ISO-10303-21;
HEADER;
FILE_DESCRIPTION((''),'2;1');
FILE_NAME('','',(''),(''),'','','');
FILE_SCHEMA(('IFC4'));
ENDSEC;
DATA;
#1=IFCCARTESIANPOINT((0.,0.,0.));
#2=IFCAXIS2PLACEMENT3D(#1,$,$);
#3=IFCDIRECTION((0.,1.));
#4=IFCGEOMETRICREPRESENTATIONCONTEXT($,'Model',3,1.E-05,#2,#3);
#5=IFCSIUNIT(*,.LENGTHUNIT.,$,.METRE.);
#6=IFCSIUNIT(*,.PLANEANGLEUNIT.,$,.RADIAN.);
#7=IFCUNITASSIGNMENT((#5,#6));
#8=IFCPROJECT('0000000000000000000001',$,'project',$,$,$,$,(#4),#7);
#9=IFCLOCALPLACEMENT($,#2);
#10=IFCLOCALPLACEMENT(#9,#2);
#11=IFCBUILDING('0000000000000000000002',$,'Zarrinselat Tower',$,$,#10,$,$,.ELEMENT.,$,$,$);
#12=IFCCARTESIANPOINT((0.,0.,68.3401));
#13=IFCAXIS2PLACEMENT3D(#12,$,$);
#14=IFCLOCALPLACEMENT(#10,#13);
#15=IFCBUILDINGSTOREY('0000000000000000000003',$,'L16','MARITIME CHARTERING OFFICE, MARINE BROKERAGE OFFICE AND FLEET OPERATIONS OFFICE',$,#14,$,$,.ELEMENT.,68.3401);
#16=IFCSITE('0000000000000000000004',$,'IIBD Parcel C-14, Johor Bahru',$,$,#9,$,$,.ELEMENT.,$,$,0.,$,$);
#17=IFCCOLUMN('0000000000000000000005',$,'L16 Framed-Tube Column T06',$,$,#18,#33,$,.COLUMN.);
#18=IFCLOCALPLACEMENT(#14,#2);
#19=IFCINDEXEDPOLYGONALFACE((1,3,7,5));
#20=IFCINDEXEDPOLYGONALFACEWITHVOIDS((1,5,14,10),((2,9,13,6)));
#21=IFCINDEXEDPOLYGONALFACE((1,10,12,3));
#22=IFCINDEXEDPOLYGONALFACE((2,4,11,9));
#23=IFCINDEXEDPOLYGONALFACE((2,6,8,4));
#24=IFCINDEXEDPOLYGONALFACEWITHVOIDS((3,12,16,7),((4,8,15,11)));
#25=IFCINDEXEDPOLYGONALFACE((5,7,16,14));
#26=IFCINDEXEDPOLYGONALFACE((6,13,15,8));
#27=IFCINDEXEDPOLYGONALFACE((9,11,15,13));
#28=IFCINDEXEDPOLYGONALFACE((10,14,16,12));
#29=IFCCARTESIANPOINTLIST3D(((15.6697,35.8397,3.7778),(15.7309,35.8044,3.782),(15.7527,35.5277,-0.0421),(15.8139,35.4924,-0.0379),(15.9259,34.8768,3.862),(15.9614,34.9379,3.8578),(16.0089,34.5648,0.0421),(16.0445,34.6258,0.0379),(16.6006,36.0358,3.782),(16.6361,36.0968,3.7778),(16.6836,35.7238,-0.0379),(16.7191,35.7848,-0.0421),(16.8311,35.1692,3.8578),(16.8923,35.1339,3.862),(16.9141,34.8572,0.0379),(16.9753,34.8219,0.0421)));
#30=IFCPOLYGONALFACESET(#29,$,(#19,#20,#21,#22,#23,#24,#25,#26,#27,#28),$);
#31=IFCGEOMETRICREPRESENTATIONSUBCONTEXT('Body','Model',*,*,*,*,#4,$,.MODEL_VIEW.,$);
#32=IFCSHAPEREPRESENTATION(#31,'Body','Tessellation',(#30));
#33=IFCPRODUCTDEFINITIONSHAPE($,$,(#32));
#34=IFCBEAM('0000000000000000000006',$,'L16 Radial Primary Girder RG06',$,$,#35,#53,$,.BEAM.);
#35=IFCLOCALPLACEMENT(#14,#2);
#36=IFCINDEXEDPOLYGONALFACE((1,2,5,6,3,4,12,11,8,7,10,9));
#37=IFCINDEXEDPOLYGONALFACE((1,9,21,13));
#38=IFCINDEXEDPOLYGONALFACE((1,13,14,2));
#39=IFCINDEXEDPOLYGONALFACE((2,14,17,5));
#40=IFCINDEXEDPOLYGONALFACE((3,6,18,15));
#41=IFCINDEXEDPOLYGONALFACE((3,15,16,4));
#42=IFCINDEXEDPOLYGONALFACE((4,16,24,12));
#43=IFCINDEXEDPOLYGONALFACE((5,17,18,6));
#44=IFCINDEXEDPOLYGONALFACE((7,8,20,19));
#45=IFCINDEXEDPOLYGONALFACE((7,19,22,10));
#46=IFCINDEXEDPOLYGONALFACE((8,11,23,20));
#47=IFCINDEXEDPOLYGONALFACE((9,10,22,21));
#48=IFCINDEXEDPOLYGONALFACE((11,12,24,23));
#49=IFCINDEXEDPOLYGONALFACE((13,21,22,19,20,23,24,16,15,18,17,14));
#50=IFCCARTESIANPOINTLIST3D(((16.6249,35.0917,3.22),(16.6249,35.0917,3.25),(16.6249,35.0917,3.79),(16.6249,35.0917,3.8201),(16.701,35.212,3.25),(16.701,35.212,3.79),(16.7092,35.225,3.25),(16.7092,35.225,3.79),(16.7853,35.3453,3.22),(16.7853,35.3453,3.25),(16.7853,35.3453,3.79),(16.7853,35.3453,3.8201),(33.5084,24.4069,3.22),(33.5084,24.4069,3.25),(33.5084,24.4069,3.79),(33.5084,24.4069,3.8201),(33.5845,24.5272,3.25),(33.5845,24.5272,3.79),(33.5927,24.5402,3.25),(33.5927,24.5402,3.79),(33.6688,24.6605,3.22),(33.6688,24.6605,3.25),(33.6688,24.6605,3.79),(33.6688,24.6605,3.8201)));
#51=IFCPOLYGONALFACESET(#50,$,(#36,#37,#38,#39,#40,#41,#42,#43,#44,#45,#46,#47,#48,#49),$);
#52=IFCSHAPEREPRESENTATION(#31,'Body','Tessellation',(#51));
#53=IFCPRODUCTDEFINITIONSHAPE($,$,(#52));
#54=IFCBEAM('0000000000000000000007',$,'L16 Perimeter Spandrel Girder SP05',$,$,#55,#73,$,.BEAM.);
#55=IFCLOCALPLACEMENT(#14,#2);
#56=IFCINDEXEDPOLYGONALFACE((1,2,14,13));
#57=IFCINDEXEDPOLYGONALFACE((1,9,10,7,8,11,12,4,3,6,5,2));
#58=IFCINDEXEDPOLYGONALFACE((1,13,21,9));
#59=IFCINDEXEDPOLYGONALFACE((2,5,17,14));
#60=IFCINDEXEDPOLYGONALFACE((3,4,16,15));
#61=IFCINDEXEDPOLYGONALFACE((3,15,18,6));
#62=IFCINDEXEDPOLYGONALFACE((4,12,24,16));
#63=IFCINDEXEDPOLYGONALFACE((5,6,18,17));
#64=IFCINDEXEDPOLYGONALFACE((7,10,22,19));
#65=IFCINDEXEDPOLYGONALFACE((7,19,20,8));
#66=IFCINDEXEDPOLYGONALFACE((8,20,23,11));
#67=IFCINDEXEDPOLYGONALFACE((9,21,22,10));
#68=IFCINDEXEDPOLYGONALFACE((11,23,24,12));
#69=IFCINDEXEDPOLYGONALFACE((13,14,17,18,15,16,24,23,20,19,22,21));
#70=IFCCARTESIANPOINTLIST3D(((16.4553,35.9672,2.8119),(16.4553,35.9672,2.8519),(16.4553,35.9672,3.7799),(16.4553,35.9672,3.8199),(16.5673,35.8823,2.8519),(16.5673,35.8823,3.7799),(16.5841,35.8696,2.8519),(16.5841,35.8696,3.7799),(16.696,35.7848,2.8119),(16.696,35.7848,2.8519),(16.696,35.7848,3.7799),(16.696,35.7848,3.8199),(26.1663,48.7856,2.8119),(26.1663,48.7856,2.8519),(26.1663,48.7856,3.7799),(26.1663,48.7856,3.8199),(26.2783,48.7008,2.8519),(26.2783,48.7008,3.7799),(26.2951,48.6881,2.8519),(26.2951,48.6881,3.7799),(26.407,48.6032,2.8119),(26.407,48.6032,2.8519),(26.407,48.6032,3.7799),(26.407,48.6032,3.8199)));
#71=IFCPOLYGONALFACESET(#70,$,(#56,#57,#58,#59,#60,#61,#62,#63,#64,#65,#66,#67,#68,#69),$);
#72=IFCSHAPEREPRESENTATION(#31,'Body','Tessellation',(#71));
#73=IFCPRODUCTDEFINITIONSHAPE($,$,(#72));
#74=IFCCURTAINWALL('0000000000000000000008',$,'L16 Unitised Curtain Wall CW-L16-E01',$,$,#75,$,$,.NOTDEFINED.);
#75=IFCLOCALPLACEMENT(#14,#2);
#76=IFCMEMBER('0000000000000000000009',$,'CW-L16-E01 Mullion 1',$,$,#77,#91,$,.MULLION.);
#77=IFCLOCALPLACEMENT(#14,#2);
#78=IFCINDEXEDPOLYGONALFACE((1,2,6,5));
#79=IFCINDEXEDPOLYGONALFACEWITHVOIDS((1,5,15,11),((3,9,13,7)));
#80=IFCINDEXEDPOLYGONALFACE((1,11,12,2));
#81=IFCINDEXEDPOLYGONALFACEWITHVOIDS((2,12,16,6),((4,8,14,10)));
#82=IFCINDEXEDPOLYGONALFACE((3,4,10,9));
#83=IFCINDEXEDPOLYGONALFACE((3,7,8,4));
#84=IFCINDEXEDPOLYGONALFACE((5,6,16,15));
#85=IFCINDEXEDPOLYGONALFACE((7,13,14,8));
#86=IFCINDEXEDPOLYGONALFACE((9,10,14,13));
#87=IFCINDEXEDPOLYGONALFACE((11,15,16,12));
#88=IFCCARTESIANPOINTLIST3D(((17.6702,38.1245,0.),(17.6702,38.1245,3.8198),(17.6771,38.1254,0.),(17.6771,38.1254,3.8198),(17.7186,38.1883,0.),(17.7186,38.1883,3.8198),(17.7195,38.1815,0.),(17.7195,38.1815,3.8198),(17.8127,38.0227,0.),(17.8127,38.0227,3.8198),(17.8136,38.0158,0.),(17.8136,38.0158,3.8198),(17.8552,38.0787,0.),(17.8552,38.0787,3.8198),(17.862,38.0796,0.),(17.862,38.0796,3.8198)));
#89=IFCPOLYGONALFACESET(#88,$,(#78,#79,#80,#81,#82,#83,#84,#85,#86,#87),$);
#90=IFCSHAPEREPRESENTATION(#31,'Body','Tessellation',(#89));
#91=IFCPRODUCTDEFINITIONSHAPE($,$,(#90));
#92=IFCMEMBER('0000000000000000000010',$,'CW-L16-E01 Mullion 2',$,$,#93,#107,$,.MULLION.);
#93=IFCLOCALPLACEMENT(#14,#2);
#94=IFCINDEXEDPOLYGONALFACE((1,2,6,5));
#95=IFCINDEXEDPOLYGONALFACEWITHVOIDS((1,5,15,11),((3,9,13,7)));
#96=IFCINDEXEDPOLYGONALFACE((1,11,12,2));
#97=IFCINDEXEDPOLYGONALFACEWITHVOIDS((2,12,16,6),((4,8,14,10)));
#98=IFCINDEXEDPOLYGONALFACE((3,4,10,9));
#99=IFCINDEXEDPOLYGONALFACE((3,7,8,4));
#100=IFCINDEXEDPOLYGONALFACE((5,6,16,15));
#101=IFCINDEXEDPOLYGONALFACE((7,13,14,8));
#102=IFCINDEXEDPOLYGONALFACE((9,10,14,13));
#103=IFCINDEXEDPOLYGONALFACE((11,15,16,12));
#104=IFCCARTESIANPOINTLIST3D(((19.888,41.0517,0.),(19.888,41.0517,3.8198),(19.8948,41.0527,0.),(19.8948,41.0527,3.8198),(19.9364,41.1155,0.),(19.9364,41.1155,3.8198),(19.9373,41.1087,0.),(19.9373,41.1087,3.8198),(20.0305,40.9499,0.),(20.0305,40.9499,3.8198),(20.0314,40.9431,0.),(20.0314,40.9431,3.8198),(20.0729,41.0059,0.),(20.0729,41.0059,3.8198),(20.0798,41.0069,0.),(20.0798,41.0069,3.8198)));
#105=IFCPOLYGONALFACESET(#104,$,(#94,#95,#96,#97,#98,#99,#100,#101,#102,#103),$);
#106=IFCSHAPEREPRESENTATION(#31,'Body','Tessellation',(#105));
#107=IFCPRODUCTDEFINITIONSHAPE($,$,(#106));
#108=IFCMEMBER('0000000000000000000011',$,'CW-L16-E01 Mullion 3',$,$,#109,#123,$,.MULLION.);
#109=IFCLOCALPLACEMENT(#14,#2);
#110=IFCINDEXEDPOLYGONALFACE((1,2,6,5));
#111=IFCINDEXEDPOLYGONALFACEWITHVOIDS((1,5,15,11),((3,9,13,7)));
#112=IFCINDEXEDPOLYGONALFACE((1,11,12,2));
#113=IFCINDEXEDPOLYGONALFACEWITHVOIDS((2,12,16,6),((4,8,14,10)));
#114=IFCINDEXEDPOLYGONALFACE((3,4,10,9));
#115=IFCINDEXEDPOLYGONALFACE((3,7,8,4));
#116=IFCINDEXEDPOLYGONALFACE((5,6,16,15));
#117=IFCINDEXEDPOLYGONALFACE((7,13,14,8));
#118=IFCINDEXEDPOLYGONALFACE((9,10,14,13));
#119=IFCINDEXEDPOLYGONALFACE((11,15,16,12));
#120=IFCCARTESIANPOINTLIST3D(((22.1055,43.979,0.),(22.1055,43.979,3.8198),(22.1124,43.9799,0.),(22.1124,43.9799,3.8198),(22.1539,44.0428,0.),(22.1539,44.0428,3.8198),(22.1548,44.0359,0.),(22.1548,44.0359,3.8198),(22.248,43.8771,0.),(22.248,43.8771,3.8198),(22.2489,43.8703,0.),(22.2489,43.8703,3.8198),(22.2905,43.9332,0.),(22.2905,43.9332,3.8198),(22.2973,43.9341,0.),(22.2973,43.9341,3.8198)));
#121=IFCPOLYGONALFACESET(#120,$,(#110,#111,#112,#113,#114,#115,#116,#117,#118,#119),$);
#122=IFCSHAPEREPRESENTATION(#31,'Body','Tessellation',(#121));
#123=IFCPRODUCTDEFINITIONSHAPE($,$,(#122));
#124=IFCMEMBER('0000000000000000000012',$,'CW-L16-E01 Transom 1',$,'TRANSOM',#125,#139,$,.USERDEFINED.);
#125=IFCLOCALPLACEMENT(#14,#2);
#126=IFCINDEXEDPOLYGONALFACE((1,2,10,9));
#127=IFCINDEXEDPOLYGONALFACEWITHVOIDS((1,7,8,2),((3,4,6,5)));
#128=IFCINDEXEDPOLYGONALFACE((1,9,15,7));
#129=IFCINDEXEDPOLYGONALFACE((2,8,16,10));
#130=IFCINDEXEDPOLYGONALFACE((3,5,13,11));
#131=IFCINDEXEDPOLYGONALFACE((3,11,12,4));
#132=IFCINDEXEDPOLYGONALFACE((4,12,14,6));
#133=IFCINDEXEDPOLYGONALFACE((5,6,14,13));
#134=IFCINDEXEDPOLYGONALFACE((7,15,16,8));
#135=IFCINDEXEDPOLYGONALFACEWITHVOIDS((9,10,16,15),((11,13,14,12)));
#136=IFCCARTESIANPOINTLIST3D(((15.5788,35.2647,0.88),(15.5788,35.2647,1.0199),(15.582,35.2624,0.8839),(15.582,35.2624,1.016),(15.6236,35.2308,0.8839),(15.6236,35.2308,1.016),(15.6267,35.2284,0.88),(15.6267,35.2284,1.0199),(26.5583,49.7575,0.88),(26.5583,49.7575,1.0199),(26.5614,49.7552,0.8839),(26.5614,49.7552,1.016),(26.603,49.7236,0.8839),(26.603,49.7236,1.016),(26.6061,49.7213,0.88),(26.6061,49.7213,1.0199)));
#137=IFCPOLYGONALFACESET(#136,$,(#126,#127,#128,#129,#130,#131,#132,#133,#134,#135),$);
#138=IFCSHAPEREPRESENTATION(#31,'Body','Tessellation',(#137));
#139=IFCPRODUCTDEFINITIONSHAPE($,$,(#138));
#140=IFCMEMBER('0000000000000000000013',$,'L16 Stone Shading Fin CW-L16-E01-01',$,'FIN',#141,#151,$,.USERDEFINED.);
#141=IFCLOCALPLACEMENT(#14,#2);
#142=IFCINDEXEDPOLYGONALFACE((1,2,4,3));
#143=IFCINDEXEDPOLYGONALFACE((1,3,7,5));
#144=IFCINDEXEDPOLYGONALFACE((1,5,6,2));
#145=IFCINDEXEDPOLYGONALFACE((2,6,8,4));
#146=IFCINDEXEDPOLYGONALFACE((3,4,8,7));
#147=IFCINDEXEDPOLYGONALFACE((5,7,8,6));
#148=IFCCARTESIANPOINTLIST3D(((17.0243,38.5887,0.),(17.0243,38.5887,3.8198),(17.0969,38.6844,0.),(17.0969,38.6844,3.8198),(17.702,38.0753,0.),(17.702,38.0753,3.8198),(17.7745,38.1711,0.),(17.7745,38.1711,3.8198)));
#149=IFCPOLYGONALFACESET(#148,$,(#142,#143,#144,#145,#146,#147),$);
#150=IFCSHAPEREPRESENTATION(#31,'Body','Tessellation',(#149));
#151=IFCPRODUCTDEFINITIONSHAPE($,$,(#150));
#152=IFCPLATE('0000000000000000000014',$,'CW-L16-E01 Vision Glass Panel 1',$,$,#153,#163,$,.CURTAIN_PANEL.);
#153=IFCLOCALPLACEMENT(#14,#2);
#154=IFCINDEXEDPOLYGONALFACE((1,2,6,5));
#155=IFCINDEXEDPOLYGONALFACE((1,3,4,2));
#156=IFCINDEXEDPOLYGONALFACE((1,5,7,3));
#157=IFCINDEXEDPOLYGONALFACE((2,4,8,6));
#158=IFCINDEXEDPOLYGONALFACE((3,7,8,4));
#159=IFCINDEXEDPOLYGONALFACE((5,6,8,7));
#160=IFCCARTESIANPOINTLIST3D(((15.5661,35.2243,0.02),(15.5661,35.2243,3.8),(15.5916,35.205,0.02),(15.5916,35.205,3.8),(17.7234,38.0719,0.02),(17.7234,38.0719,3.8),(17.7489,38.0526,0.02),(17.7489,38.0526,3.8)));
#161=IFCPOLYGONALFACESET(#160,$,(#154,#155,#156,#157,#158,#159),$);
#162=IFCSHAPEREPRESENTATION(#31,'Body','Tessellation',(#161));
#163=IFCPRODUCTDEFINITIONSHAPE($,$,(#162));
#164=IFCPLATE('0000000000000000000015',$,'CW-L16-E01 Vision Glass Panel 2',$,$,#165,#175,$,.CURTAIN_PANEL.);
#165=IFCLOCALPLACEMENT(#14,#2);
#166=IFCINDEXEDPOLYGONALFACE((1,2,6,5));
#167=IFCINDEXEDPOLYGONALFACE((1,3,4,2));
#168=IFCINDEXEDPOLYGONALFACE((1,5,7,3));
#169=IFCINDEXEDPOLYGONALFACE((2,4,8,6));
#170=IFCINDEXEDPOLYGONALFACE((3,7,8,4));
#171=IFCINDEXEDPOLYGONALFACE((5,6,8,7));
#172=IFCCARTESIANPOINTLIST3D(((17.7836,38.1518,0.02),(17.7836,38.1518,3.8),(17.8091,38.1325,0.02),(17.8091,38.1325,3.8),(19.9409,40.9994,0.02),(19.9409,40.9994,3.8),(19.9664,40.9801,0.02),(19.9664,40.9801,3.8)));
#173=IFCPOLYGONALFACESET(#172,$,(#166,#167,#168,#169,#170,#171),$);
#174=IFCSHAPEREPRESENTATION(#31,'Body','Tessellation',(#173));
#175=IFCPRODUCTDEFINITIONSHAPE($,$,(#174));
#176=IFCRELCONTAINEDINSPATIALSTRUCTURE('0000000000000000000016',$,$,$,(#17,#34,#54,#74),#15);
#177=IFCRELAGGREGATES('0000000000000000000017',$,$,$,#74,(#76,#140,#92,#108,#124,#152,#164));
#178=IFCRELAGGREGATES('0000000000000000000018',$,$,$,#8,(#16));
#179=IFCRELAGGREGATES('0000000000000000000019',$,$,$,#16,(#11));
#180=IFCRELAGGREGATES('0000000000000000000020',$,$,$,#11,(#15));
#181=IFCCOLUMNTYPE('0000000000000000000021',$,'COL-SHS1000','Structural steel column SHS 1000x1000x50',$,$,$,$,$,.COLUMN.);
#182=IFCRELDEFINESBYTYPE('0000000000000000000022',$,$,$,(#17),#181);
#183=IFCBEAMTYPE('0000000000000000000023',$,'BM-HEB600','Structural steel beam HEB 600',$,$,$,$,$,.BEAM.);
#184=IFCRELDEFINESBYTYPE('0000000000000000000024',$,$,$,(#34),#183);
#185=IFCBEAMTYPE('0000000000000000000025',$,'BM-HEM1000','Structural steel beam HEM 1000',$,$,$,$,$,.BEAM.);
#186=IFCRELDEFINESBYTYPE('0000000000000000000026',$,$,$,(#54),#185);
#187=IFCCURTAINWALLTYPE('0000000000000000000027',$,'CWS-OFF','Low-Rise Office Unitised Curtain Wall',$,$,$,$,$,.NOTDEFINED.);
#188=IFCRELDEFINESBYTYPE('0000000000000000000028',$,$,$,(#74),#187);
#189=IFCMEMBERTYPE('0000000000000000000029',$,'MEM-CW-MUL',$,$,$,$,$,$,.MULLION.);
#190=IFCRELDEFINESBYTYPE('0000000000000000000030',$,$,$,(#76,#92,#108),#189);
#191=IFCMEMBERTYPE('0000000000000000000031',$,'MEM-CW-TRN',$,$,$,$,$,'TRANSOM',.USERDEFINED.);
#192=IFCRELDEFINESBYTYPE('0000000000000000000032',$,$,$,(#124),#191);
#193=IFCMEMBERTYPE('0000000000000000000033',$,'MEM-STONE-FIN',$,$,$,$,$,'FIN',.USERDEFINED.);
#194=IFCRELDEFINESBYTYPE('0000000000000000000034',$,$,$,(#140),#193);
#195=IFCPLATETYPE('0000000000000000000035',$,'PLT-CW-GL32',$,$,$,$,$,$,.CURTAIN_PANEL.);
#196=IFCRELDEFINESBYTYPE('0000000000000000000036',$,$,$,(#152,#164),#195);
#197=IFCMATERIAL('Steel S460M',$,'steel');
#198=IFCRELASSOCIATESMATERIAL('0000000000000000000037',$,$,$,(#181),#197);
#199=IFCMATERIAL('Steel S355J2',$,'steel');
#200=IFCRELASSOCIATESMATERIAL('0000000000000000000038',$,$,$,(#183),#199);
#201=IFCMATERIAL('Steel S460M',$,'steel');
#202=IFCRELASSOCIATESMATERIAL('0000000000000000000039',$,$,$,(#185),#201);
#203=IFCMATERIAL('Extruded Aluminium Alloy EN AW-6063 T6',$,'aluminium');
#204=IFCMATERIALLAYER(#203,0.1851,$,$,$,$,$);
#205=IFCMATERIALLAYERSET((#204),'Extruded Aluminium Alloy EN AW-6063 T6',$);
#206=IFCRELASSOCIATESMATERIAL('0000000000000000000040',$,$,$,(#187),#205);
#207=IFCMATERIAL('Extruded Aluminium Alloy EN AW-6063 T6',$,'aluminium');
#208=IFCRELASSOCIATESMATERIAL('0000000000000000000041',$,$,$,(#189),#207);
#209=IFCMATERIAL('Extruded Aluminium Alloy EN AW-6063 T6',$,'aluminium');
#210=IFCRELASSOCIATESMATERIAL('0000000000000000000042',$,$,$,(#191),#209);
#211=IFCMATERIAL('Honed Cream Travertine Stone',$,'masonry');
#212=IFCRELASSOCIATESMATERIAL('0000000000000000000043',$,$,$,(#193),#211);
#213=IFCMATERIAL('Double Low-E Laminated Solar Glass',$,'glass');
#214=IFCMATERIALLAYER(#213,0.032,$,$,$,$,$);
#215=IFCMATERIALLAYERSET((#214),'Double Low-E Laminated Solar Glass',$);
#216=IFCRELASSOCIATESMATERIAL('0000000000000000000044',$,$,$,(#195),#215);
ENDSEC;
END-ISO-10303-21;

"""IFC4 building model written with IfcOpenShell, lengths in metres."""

from ifc_helpers import new_model, si_unit, direction, frame, origin, origin_2d, place, context, subcontext, project, spatial, rectangle, hollow_rectangle, i_section, extrude, material, layer, layer_set, material_profile, profile_set, type_object, element, aggregate, save


model = new_model("IFC4")

# Units and contexts
model_context = context("Model", 3, precision=1e-05, world=origin(), true_north=direction((0.0, 1.0)))
body_context = subcontext(model_context, "Body", "Model", "MODEL_VIEW")
ifc_project = project(units=[si_unit("LENGTHUNIT", "METRE"), si_unit("PLANEANGLEUNIT", "RADIAN")], contexts=[model_context])

# Site, building, storey
site_placement = place(None, origin())
site = spatial("IfcSite", under=ifc_project, at=site_placement, Name="IIBD Parcel C-14, Johor Bahru", CompositionType="ELEMENT", RefElevation=0.0)
building_placement = place(site_placement, origin())
building = spatial("IfcBuilding", under=site, at=building_placement, Name="Zarrinselat Tower", CompositionType="ELEMENT")
storey_placement = place(building_placement, frame((0.0, 0.0, 68.3401)))
storey = spatial("IfcBuildingStorey", under=building, at=storey_placement, Name="L16", Description="MARITIME CHARTERING OFFICE, MARINE BROKERAGE OFFICE AND FLEET OPERATIONS OFFICE", CompositionType="ELEMENT", Elevation=68.3401)

# Column
ifc_material_1 = material(Name="Steel S460M", Category="steel")
ifc_material_profile_1 = material_profile(ifc_material_1, hollow_rectangle(XDim=1.0, YDim=1.0, WallThickness=0.05, at=origin_2d()), Name="SHS 1000x1000x50")
ifc_profile_set_1 = profile_set([ifc_material_profile_1], Name="Steel S460M")
column_type = type_object("IfcColumnType", Name="COL-SHS1000", Description="Structural steel column SHS 1000x1000x50", PredefinedType="COLUMN", material=ifc_profile_set_1)
column_placement = place(storey_placement, frame((16.364, 35.1748, 0.0), z_axis=(-0.021654, 0.081392, 0.996447), x_axis=(-0.966385, -0.257098, 0.0)))
element("IfcColumn", 1, at=column_placement, inside=storey, type_object=column_type, Name="L16 Framed-Tube Column T06", PredefinedType="COLUMN", context=body_context, shape_type="SweptSolid", body=[
    extrude(hollow_rectangle(XDim=1.0, YDim=1.0, WallThickness=0.05, at=origin_2d()), origin(), (0.0, 0.0, 1.0), 3.8335),
])

# Beams
ifc_material_2 = material(Name="Steel S355J2", Category="steel")
ifc_material_profile_2 = material_profile(ifc_material_2, i_section(OverallWidth=0.3, OverallDepth=0.6001, WebThickness=0.0154, FlangeThickness=0.03, at=origin_2d()), Name="HEB 600")
ifc_profile_set_2 = profile_set([ifc_material_profile_2], Name="Steel S355J2")
beam_type_1 = type_object("IfcBeamType", Name="BM-HEB600", Description="Structural steel beam HEB 600", PredefinedType="BEAM", material=ifc_profile_set_2)
beam_1_placement = place(storey_placement, frame((16.7051, 35.2185, 3.52), z_axis=(0.845002, -0.534763, 0.0), x_axis=(0.534763, 0.845002, 0.0)))
element("IfcBeam", 2, at=beam_1_placement, inside=storey, type_object=beam_type_1, Name="L16 Radial Primary Girder RG06", PredefinedType="BEAM", context=body_context, shape_type="SweptSolid", body=[
    extrude(i_section(OverallWidth=0.3, OverallDepth=0.6001, WebThickness=0.0154, FlangeThickness=0.03, at=origin_2d()), origin(), (0.0, 0.0, 1.0), 19.9805),
])
ifc_material_3 = material(Name="Steel S460M", Category="steel")
ifc_material_profile_3 = material_profile(ifc_material_3, i_section(OverallWidth=0.302, OverallDepth=1.0081, WebThickness=0.021, FlangeThickness=0.04, at=origin_2d()), Name="HEM 1000")
ifc_profile_set_3 = profile_set([ifc_material_profile_3], Name="Steel S460M")
beam_type_2 = type_object("IfcBeamType", Name="BM-HEM1000", Description="Structural steel beam HEM 1000", PredefinedType="BEAM", material=ifc_profile_set_3)
beam_2_placement = place(storey_placement, frame((16.5757, 35.876, 3.3159), z_axis=(0.60386, 0.79709, 0.0), x_axis=(-0.79709, 0.60386, 0.0)))
element("IfcBeam", 3, at=beam_2_placement, inside=storey, type_object=beam_type_2, Name="L16 Perimeter Spandrel Girder SP05", PredefinedType="BEAM", context=body_context, shape_type="SweptSolid", body=[
    extrude(i_section(OverallWidth=0.302, OverallDepth=1.0081, WebThickness=0.021, FlangeThickness=0.04, at=origin_2d()), origin(), (0.0, 0.0, 1.0), 16.0815),
])

# Curtain wall, members, plates
ifc_material_4 = material(Name="Extruded Aluminium Alloy EN AW-6063 T6", Category="aluminium")
ifc_layer_1 = layer(ifc_material_4, 0.1851)
ifc_layer_set_1 = layer_set([ifc_layer_1], Name="Extruded Aluminium Alloy EN AW-6063 T6")
curtain_wall_type = type_object("IfcCurtainWallType", Name="CWS-OFF", Description="Low-Rise Office Unitised Curtain Wall", PredefinedType="NOTDEFINED", material=ifc_layer_set_1)
curtain_wall_placement = place(storey_placement, origin())
curtain_wall = element("IfcCurtainWall", 4, at=curtain_wall_placement, inside=storey, type_object=curtain_wall_type, Name="L16 Unitised Curtain Wall CW-L16-E01", PredefinedType="NOTDEFINED")
ifc_material_5 = material(Name="Extruded Aluminium Alloy EN AW-6063 T6", Category="aluminium")
ifc_material_profile_4 = material_profile(ifc_material_5, hollow_rectangle(XDim=0.0801, YDim=0.1799, WallThickness=0.0049, at=origin_2d()), Name="RHS 180x80x5")
ifc_profile_set_4 = profile_set([ifc_material_profile_4], Name="Extruded Aluminium Alloy EN AW-6063 T6")
member_type_1 = type_object("IfcMemberType", Name="MEM-CW-MUL", PredefinedType="MULLION", material=ifc_profile_set_4)
member_1_placement = place(storey_placement, frame((17.7661, 38.1021, 0.0), z_axis=(0.0, 0.0, 1.0), x_axis=(0.603857, 0.797093, 0.0)))
member_1 = element("IfcMember", 5, at=member_1_placement, type_object=member_type_1, Name="CW-L16-E01 Mullion 1", PredefinedType="MULLION", context=body_context, shape_type="SweptSolid", body=[
    extrude(hollow_rectangle(XDim=0.0801, YDim=0.1799, WallThickness=0.0049, at=origin_2d()), origin(), (0.0, 0.0, 1.0), 3.8198),
])
member_2_placement = place(storey_placement, frame((19.9839, 41.0293, 0.0), z_axis=(0.0, 0.0, 1.0), x_axis=(0.603857, 0.797093, 0.0)))
member_2 = element("IfcMember", 6, at=member_2_placement, type_object=member_type_1, Name="CW-L16-E01 Mullion 2", PredefinedType="MULLION", context=body_context, shape_type="SweptSolid", body=[
    extrude(hollow_rectangle(XDim=0.0801, YDim=0.1799, WallThickness=0.0049, at=origin_2d()), origin(), (0.0, 0.0, 1.0), 3.8198),
])
member_3_placement = place(storey_placement, frame((22.2014, 43.9565, 0.0), z_axis=(0.0, 0.0, 1.0), x_axis=(0.603857, 0.797093, 0.0)))
member_3 = element("IfcMember", 7, at=member_3_placement, type_object=member_type_1, Name="CW-L16-E01 Mullion 3", PredefinedType="MULLION", context=body_context, shape_type="SweptSolid", body=[
    extrude(hollow_rectangle(XDim=0.0801, YDim=0.1799, WallThickness=0.0049, at=origin_2d()), origin(), (0.0, 0.0, 1.0), 3.8198),
])
ifc_material_6 = material(Name="Extruded Aluminium Alloy EN AW-6063 T6", Category="aluminium")
ifc_material_profile_5 = material_profile(ifc_material_6, hollow_rectangle(XDim=0.0601, YDim=0.1399, WallThickness=0.0039, at=origin_2d()), Name="RHS 140x60x4")
ifc_profile_set_5 = profile_set([ifc_material_profile_5], Name="Extruded Aluminium Alloy EN AW-6063 T6")
member_type_2 = type_object("IfcMemberType", Name="MEM-CW-TRN", ElementType="TRANSOM", PredefinedType="USERDEFINED", material=ifc_profile_set_5)
member_4_placement = place(storey_placement, frame((15.6028, 35.2466, 0.95), z_axis=(0.603858, 0.797092, 0.0), x_axis=(-0.797092, 0.603858, 0.0)))
member_4 = element("IfcMember", 8, at=member_4_placement, type_object=member_type_2, Name="CW-L16-E01 Transom 1", ObjectType="TRANSOM", PredefinedType="USERDEFINED", context=body_context, shape_type="SweptSolid", body=[
    extrude(hollow_rectangle(XDim=0.0601, YDim=0.1399, WallThickness=0.0039, at=origin_2d()), origin(), (0.0, 0.0, 1.0), 18.1821),
])
ifc_material_7 = material(Name="Honed Cream Travertine Stone", Category="masonry")
ifc_material_profile_6 = material_profile(ifc_material_7, rectangle(XDim=0.1201, YDim=0.8501, at=origin_2d()), Name="FIN 850x120")
ifc_profile_set_6 = profile_set([ifc_material_profile_6], Name="Honed Cream Travertine Stone")
member_type_3 = type_object("IfcMemberType", Name="MEM-STONE-FIN", ElementType="FIN", PredefinedType="USERDEFINED", material=ifc_profile_set_6)
member_5_placement = place(storey_placement, frame((17.3994, 38.3799, 0.0), z_axis=(0.0, 0.0, 1.0), x_axis=(0.603857, 0.797093, 0.0)))
member_5 = element("IfcMember", 9, at=member_5_placement, type_object=member_type_3, Name="L16 Stone Shading Fin CW-L16-E01-01", ObjectType="FIN", PredefinedType="USERDEFINED", context=body_context, shape_type="SweptSolid", body=[
    extrude(rectangle(XDim=0.1201, YDim=0.8501, at=origin_2d()), origin(), (0.0, 0.0, 1.0), 3.8198),
])
ifc_material_8 = material(Name="Double Low-E Laminated Solar Glass", Category="glass")
ifc_layer_2 = layer(ifc_material_8, 0.032)
ifc_layer_set_2 = layer_set([ifc_layer_2], Name="Double Low-E Laminated Solar Glass")
plate_type = type_object("IfcPlateType", Name="PLT-CW-GL32", PredefinedType="CURTAIN_PANEL", material=ifc_layer_set_2)
plate_1_placement = place(storey_placement, frame((16.6575, 36.6384, 0.02), z_axis=(0.0, 0.0, 1.0), x_axis=(0.603857, 0.797093, 0.0)))
plate_1 = element("IfcPlate", 10, at=plate_1_placement, type_object=plate_type, Name="CW-L16-E01 Vision Glass Panel 1", PredefinedType="CURTAIN_PANEL", context=body_context, shape_type="SweptSolid", body=[
    extrude(rectangle(XDim=3.5725, YDim=0.032, at=origin_2d()), origin(), (0.0, 0.0, 1.0), 3.78),
])
plate_2_placement = place(storey_placement, frame((18.875, 39.5659, 0.02), z_axis=(0.0, 0.0, 1.0), x_axis=(0.603857, 0.797093, 0.0)))
plate_2 = element("IfcPlate", 11, at=plate_2_placement, type_object=plate_type, Name="CW-L16-E01 Vision Glass Panel 2", PredefinedType="CURTAIN_PANEL", context=body_context, shape_type="SweptSolid", body=[
    extrude(rectangle(XDim=3.5725, YDim=0.032, at=origin_2d()), origin(), (0.0, 0.0, 1.0), 3.78),
])
aggregate(curtain_wall, [member_1, member_5, member_2, member_3, member_4, plate_1, plate_2])

save(model, "model.ifc")
